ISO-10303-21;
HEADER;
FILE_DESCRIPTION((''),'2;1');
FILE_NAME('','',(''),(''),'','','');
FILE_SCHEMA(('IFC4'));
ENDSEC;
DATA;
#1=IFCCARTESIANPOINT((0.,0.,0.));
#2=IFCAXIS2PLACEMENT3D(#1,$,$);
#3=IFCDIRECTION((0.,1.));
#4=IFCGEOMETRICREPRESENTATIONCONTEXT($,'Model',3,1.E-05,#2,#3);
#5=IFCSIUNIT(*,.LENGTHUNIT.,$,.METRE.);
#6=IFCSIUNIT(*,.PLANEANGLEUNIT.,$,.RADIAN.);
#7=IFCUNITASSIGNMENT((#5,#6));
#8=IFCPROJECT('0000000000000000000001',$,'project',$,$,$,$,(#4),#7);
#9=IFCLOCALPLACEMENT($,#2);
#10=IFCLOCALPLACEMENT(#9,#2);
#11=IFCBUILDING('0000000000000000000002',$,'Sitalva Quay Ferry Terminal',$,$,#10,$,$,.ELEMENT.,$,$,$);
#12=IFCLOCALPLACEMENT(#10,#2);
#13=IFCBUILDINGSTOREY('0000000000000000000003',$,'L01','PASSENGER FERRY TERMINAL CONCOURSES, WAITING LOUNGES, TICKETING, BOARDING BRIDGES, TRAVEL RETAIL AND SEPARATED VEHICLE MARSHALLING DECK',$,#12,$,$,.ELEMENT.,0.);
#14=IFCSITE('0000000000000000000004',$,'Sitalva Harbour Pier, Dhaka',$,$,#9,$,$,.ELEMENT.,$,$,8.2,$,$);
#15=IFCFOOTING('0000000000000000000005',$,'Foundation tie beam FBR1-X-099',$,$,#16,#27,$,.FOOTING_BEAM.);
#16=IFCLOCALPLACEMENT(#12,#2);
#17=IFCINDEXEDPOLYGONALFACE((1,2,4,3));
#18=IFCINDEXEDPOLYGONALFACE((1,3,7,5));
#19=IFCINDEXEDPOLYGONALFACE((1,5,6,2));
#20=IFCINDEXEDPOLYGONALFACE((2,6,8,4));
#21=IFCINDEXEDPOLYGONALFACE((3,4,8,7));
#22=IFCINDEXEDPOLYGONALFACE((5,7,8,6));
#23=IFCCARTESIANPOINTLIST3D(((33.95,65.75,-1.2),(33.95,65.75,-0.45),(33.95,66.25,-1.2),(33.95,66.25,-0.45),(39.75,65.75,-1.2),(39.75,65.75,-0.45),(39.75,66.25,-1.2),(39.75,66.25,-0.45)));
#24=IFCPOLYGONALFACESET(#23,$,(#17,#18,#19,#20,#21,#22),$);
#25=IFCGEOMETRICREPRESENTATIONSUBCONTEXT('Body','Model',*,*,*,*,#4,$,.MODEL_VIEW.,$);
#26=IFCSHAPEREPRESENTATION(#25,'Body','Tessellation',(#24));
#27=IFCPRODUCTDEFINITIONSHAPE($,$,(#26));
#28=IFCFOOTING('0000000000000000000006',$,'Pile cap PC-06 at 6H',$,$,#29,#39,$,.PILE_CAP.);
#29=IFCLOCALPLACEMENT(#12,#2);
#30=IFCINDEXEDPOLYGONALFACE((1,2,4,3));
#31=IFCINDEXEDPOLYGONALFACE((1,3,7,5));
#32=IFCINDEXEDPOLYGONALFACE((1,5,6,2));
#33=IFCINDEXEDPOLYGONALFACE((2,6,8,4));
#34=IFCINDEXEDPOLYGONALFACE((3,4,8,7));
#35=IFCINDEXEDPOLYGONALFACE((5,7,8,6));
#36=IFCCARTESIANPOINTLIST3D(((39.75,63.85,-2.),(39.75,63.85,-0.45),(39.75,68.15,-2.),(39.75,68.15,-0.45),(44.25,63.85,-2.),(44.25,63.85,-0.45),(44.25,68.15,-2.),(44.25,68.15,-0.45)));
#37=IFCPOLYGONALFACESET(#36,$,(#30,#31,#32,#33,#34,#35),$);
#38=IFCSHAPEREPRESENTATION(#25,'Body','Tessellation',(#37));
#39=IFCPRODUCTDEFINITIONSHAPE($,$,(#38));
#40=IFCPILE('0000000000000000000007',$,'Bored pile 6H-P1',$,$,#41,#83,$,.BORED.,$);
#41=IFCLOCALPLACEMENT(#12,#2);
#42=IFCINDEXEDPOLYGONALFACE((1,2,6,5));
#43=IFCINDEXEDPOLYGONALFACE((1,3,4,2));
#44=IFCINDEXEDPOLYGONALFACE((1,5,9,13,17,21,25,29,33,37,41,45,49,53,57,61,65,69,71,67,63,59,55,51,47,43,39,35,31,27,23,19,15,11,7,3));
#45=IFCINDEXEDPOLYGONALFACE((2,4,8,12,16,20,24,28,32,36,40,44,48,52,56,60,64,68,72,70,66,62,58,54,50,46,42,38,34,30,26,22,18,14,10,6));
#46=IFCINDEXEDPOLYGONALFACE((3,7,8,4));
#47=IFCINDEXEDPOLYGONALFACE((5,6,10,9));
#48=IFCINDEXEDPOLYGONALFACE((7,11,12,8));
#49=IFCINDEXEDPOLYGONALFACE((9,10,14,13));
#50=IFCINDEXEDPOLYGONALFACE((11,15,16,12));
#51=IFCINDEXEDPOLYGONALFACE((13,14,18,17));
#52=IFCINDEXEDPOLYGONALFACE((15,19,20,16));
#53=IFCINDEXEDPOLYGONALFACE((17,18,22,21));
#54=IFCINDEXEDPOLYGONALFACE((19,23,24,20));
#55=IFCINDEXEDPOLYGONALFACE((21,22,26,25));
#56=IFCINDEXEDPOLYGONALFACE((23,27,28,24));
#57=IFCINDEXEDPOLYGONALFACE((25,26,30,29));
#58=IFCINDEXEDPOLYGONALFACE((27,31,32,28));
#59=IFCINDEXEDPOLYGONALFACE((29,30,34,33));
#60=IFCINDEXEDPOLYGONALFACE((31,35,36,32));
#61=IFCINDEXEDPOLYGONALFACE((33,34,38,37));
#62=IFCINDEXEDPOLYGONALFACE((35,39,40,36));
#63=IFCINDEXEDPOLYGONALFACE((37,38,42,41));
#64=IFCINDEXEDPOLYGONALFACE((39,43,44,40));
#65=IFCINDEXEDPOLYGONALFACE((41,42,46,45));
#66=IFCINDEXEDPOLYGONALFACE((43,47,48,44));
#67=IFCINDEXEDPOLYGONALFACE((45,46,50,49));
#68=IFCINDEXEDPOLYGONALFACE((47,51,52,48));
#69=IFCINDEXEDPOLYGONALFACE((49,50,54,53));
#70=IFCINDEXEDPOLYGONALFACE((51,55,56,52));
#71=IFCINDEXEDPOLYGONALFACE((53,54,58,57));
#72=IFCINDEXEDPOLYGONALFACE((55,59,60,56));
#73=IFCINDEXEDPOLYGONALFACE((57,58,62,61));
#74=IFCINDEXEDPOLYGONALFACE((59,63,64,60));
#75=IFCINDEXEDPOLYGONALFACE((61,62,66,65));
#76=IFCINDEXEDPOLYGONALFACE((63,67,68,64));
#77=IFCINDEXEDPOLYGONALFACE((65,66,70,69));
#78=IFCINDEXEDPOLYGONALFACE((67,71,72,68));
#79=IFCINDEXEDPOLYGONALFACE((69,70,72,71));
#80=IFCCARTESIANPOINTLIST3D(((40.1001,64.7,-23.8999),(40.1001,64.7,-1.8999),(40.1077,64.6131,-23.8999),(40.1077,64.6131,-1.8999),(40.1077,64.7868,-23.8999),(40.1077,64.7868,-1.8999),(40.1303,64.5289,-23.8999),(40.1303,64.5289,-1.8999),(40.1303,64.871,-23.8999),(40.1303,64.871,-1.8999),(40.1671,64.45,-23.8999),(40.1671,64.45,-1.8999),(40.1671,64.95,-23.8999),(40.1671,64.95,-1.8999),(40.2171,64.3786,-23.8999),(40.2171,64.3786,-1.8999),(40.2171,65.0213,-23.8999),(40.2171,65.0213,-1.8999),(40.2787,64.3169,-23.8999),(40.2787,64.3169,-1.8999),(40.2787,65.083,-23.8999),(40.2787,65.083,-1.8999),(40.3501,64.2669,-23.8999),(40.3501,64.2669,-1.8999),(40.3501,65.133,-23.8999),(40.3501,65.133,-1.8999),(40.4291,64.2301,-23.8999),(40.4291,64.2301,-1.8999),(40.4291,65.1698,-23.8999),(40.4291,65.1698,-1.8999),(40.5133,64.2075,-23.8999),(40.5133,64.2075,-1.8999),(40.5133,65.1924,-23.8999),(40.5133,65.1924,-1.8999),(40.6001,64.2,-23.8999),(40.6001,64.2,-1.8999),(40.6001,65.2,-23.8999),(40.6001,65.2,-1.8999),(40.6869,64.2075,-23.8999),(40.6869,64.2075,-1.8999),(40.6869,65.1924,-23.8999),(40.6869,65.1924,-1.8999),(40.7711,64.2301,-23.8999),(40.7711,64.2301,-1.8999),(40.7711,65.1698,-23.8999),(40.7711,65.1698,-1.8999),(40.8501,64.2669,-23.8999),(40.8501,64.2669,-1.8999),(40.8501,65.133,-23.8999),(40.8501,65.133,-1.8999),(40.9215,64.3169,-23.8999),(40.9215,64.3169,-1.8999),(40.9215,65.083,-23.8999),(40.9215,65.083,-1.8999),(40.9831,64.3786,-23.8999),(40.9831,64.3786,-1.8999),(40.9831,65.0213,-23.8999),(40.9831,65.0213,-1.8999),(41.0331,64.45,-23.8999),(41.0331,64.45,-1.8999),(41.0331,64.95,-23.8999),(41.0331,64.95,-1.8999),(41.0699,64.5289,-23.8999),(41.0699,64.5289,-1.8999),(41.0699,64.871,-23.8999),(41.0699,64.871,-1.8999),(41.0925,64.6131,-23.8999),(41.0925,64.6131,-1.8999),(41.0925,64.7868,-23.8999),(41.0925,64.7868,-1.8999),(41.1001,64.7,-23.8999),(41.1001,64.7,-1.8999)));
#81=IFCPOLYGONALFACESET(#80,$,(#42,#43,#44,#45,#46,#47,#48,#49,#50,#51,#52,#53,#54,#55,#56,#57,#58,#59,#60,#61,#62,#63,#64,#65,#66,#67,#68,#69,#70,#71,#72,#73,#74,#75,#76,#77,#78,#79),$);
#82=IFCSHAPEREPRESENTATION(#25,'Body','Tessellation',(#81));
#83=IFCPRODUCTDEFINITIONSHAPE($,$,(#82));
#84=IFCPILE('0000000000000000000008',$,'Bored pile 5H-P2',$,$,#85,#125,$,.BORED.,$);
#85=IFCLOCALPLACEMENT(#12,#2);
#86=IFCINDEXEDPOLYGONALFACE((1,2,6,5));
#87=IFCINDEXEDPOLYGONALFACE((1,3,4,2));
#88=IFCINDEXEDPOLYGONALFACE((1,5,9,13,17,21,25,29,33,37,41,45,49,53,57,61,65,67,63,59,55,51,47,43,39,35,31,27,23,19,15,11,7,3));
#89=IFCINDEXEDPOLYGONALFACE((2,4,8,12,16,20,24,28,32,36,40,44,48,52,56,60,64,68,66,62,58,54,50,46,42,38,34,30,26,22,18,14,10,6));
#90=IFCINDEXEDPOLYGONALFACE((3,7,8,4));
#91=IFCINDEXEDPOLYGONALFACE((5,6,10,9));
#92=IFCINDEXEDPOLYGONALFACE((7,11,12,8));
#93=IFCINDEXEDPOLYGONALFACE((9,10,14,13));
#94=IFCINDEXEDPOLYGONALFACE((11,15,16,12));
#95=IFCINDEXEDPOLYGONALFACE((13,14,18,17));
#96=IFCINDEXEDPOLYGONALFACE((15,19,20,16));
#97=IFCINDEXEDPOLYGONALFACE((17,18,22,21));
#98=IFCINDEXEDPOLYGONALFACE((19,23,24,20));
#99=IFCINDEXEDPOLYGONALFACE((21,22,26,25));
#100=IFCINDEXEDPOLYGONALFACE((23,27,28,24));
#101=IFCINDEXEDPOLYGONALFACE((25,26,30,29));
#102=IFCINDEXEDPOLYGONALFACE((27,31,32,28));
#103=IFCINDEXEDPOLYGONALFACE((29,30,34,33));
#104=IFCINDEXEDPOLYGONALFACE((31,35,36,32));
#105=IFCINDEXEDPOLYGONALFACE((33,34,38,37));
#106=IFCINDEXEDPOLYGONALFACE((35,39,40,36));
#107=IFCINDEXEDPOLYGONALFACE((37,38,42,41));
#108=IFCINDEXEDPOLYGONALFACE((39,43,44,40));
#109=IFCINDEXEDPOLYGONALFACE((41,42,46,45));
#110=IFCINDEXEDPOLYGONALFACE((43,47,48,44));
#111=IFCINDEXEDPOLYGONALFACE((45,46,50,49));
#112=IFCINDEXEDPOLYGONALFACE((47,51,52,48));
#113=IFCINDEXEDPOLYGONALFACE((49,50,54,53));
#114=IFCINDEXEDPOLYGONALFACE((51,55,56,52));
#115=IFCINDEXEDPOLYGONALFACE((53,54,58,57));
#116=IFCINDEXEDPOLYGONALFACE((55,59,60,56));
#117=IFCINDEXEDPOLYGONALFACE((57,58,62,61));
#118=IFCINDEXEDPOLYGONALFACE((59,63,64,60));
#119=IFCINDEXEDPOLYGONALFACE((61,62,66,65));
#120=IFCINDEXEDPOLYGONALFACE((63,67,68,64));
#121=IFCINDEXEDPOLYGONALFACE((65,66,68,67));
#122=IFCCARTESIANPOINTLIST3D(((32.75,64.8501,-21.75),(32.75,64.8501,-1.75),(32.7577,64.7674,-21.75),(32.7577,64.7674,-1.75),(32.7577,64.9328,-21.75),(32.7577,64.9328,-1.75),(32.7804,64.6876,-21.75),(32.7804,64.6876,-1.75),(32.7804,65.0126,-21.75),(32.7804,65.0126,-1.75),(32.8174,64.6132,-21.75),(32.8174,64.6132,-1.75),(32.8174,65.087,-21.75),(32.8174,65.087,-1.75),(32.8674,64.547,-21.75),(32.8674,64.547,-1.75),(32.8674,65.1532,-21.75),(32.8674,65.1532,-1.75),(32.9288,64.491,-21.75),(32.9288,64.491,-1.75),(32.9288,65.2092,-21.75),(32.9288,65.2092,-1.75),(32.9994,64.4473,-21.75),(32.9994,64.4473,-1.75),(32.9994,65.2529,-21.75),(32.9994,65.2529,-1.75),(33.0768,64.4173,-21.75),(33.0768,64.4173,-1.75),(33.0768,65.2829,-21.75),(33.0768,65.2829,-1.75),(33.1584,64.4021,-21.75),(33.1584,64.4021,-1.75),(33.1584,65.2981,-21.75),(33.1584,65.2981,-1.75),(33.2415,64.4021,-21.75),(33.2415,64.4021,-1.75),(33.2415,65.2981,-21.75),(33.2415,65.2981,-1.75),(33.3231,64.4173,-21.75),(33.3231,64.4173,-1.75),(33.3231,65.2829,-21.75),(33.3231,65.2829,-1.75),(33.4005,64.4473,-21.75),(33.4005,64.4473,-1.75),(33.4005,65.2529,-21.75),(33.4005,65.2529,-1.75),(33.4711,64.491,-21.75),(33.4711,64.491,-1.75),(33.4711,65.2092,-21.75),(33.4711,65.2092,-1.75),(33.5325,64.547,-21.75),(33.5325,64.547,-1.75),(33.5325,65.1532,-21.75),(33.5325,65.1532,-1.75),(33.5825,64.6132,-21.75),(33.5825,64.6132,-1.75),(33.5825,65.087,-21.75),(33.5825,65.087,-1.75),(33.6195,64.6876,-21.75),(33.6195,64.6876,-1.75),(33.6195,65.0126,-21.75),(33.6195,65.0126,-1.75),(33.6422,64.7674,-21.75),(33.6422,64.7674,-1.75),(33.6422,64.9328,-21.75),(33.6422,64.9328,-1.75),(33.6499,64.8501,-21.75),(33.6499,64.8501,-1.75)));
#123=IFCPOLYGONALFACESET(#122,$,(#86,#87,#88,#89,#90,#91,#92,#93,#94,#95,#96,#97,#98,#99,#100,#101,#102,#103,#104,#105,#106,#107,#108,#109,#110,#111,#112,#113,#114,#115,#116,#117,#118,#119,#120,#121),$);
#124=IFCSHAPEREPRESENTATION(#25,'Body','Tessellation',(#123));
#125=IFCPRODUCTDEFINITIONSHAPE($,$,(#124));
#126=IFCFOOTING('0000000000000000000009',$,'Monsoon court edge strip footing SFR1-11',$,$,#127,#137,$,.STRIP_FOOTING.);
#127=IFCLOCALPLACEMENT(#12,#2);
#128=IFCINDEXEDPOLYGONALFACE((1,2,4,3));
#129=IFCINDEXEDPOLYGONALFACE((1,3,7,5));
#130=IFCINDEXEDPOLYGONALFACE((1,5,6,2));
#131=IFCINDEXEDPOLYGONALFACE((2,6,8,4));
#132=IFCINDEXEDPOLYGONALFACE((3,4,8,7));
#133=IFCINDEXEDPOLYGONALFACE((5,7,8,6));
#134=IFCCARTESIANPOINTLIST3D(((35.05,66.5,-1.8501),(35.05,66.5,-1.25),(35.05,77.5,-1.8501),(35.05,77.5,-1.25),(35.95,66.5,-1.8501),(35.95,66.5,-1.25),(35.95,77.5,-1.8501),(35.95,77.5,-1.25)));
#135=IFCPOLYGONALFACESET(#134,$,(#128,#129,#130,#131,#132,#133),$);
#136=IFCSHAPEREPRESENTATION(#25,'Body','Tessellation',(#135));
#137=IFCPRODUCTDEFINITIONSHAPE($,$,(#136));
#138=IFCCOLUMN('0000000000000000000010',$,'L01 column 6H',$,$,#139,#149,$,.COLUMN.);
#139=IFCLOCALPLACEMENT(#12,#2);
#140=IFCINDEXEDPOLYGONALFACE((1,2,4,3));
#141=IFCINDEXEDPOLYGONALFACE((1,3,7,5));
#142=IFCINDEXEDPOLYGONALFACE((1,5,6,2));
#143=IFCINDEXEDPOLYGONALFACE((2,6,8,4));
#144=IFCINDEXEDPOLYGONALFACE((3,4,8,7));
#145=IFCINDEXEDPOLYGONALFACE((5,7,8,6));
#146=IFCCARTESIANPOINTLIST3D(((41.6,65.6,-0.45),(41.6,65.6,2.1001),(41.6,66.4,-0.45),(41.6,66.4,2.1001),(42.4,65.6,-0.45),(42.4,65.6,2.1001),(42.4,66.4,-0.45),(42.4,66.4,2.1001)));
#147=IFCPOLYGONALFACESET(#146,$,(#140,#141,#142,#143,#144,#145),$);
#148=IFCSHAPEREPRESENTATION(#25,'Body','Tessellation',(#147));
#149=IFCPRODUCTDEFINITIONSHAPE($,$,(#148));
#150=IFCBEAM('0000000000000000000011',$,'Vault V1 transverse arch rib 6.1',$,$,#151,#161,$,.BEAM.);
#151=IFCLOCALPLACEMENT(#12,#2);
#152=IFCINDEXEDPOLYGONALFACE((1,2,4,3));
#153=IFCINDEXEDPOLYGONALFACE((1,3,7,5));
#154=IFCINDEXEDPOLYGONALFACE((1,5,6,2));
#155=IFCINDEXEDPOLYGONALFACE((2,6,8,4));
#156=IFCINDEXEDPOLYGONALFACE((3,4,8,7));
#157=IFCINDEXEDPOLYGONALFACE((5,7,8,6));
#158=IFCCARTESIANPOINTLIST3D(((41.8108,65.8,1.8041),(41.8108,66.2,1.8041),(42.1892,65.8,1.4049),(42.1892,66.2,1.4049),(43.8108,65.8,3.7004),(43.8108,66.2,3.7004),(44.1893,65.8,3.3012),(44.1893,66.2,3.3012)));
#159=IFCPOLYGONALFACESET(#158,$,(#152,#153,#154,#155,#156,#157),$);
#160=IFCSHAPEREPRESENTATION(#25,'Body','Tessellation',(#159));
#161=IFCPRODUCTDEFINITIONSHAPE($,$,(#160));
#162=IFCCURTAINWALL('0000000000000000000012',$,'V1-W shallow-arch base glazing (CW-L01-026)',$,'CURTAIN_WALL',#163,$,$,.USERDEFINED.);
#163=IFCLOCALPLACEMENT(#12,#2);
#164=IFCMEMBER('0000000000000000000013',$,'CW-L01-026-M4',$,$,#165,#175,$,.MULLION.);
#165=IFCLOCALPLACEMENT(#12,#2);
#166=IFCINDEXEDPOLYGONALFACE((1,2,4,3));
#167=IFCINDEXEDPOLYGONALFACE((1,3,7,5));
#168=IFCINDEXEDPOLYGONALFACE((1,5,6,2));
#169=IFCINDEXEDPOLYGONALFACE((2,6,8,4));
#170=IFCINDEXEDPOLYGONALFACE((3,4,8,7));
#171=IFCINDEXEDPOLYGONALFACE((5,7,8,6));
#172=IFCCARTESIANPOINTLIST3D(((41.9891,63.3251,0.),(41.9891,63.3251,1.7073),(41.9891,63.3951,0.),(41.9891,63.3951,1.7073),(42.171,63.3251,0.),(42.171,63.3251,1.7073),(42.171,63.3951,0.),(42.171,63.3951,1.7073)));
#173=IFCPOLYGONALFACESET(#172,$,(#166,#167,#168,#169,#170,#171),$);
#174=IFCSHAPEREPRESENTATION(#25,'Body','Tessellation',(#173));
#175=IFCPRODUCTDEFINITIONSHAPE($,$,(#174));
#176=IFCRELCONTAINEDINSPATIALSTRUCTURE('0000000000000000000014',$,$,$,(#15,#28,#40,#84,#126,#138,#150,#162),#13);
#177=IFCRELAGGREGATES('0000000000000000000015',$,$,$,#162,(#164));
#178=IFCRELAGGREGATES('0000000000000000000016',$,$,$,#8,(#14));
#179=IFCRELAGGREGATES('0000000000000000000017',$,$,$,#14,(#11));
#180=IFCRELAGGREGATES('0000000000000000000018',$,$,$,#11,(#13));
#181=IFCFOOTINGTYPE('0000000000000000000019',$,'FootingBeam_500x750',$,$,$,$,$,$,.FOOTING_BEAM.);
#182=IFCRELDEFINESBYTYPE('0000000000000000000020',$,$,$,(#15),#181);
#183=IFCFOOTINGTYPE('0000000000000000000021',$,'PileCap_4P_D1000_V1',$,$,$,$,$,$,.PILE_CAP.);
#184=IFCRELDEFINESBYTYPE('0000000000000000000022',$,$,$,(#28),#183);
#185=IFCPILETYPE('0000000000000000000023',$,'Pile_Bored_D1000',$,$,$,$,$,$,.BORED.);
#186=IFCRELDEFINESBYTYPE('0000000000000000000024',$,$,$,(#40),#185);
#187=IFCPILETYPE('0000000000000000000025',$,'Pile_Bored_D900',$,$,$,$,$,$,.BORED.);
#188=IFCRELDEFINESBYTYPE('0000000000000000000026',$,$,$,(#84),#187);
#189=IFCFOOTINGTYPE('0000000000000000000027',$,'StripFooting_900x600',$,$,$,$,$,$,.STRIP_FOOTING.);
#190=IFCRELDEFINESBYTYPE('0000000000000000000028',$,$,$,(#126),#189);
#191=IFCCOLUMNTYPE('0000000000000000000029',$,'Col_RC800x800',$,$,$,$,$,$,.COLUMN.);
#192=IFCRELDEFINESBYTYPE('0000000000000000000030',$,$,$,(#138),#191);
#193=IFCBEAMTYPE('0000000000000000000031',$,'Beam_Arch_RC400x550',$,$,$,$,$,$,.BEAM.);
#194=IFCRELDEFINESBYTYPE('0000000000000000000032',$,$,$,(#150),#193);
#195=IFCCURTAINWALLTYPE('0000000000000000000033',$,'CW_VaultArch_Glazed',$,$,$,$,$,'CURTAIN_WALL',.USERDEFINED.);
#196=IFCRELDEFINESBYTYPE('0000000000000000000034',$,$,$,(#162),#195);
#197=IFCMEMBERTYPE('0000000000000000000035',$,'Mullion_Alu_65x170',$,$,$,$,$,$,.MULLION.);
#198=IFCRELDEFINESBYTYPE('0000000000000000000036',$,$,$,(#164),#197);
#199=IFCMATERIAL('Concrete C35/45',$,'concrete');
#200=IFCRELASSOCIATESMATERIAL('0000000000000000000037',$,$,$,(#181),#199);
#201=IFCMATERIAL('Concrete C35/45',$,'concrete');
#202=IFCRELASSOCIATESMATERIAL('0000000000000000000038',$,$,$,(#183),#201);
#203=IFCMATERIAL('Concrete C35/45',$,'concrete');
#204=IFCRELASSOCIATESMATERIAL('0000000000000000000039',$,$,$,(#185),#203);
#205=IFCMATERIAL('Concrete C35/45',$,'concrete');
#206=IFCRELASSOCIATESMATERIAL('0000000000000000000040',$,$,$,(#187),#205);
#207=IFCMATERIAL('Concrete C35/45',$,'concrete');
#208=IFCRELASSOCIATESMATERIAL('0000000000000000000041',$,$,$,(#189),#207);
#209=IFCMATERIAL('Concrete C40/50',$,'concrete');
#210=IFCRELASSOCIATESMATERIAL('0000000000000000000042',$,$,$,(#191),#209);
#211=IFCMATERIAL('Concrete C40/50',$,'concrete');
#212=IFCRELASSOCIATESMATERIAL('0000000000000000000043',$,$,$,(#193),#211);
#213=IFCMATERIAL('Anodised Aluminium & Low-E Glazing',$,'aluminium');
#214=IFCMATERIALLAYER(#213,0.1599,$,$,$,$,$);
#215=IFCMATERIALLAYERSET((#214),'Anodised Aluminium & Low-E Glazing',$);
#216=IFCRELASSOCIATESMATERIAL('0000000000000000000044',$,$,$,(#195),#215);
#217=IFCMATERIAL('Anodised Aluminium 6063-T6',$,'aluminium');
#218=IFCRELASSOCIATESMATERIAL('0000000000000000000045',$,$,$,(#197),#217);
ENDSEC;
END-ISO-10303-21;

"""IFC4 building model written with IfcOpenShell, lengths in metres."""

from ifc_helpers import new_model, si_unit, direction, frame, origin, origin_2d, place, context, subcontext, project, spatial, rectangle, circle, extrude, material, layer, layer_set, material_profile, profile_set, type_object, element, aggregate, save


model = new_model("IFC4")

# Units and contexts
model_context = context("Model", 3, precision=1e-05, world=origin(), true_north=direction((0.0, 1.0)))
body_context = subcontext(model_context, "Body", "Model", "MODEL_VIEW")
ifc_project = project(units=[si_unit("LENGTHUNIT", "METRE"), si_unit("PLANEANGLEUNIT", "RADIAN")], contexts=[model_context])

# Site, building, storey
site_placement = place(None, origin())
site = spatial("IfcSite", under=ifc_project, at=site_placement, Name="Sitalva Harbour Pier, Dhaka", CompositionType="ELEMENT", RefElevation=8.2)
building_placement = place(site_placement, origin())
building = spatial("IfcBuilding", under=site, at=building_placement, Name="Sitalva Quay Ferry Terminal", CompositionType="ELEMENT")
storey_placement = place(building_placement, origin())
storey = spatial("IfcBuildingStorey", under=building, at=storey_placement, Name="L01", Description="PASSENGER FERRY TERMINAL CONCOURSES, WAITING LOUNGES, TICKETING, BOARDING BRIDGES, TRAVEL RETAIL AND SEPARATED VEHICLE MARSHALLING DECK", CompositionType="ELEMENT", Elevation=0.0)

# Footings
ifc_material_1 = material(Name="Concrete C35/45", Category="concrete")
ifc_material_profile_1 = material_profile(ifc_material_1, rectangle(XDim=0.5, YDim=0.75, at=origin_2d()), Name="RC500x750")
ifc_profile_set_1 = profile_set([ifc_material_profile_1], Name="Concrete C35/45")
footing_type_1 = type_object("IfcFootingType", Name="FootingBeam_500x750", PredefinedType="FOOTING_BEAM", material=ifc_profile_set_1)
footing_1_placement = place(storey_placement, frame((33.95, 66.0, -0.825), z_axis=(1.0, 0.0, 0.0), x_axis=(0.0, 1.0, 0.0)))
element("IfcFooting", 1, at=footing_1_placement, inside=storey, type_object=footing_type_1, Name="Foundation tie beam FBR1-X-099", PredefinedType="FOOTING_BEAM", context=body_context, shape_type="SweptSolid", body=[
    extrude(rectangle(XDim=0.5, YDim=0.75, at=origin_2d()), origin(), (0.0, 0.0, 1.0), 5.8),
])
ifc_material_2 = material(Name="Concrete C35/45", Category="concrete")
footing_type_2 = type_object("IfcFootingType", Name="PileCap_4P_D1000_V1", PredefinedType="PILE_CAP", material=ifc_material_2)
footing_2_placement = place(storey_placement, frame((42.0, 66.0, -2.0), z_axis=(0.0, 0.0, 1.0), x_axis=(1.0, 0.0, 0.0)))
element("IfcFooting", 2, at=footing_2_placement, inside=storey, type_object=footing_type_2, Name="Pile cap PC-06 at 6H", PredefinedType="PILE_CAP", context=body_context, shape_type="SweptSolid", body=[
    extrude(rectangle(XDim=4.5, YDim=4.3, at=origin_2d()), origin(), (0.0, 0.0, 1.0), 1.55),
])

# Piles
ifc_material_3 = material(Name="Concrete C35/45", Category="concrete")
ifc_material_profile_2 = material_profile(ifc_material_3, circle(Radius=0.5, at=origin_2d()), Name="PILE-D1000")
ifc_profile_set_2 = profile_set([ifc_material_profile_2], Name="Concrete C35/45")
pile_type_1 = type_object("IfcPileType", Name="Pile_Bored_D1000", PredefinedType="BORED", material=ifc_profile_set_2)
pile_1_placement = place(storey_placement, frame((40.6001, 64.7, -1.8999), z_axis=(0.0, 0.0, -1.0), x_axis=(1.0, 0.0, 0.0)))
element("IfcPile", 3, at=pile_1_placement, inside=storey, type_object=pile_type_1, Name="Bored pile 6H-P1", PredefinedType="BORED", context=body_context, shape_type="SweptSolid", body=[
    extrude(circle(Radius=0.5, at=origin_2d()), origin(), (0.0, 0.0, 1.0), 22.0),
])
ifc_material_4 = material(Name="Concrete C35/45", Category="concrete")
ifc_material_profile_3 = material_profile(ifc_material_4, circle(Radius=0.45, at=origin_2d()), Name="PILE-D900")
ifc_profile_set_3 = profile_set([ifc_material_profile_3], Name="Concrete C35/45")
pile_type_2 = type_object("IfcPileType", Name="Pile_Bored_D900", PredefinedType="BORED", material=ifc_profile_set_3)
pile_2_placement = place(storey_placement, frame((33.2, 64.8501, -1.75), z_axis=(0.0, 0.0, -1.0), x_axis=(1.0, 0.0, 0.0)))
element("IfcPile", 4, at=pile_2_placement, inside=storey, type_object=pile_type_2, Name="Bored pile 5H-P2", PredefinedType="BORED", context=body_context, shape_type="SweptSolid", body=[
    extrude(circle(Radius=0.45, at=origin_2d()), origin(), (0.0, 0.0, 1.0), 20.0),
])

# Footing
ifc_material_5 = material(Name="Concrete C35/45", Category="concrete")
ifc_material_profile_4 = material_profile(ifc_material_5, rectangle(XDim=0.8999, YDim=0.6001, at=origin_2d()), Name="RC900x600")
ifc_profile_set_4 = profile_set([ifc_material_profile_4], Name="Concrete C35/45")
footing_type_3 = type_object("IfcFootingType", Name="StripFooting_900x600", PredefinedType="STRIP_FOOTING", material=ifc_profile_set_4)
footing_3_placement = place(storey_placement, frame((35.5, 66.5, -1.55), z_axis=(0.0, 1.0, 0.0), x_axis=(-1.0, 0.0, 0.0)))
element("IfcFooting", 5, at=footing_3_placement, inside=storey, type_object=footing_type_3, Name="Monsoon court edge strip footing SFR1-11", PredefinedType="STRIP_FOOTING", context=body_context, shape_type="SweptSolid", body=[
    extrude(rectangle(XDim=0.8999, YDim=0.6001, at=origin_2d()), origin(), (0.0, 0.0, 1.0), 11.0),
])

# Column
ifc_material_6 = material(Name="Concrete C40/50", Category="concrete")
ifc_material_profile_5 = material_profile(ifc_material_6, rectangle(XDim=0.8, YDim=0.8, at=origin_2d()), Name="RC800x800")
ifc_profile_set_5 = profile_set([ifc_material_profile_5], Name="Concrete C40/50")
column_type = type_object("IfcColumnType", Name="Col_RC800x800", PredefinedType="COLUMN", material=ifc_profile_set_5)
column_placement = place(storey_placement, frame((42.0, 66.0, -0.45), z_axis=(0.0, 0.0, 1.0), x_axis=(1.0, 0.0, 0.0)))
element("IfcColumn", 6, at=column_placement, inside=storey, type_object=column_type, Name="L01 column 6H", PredefinedType="COLUMN", context=body_context, shape_type="SweptSolid", body=[
    extrude(rectangle(XDim=0.8, YDim=0.8, at=origin_2d()), origin(), (0.0, 0.0, 1.0), 2.55),
])

# Beam
ifc_material_7 = material(Name="Concrete C40/50", Category="concrete")
ifc_material_profile_6 = material_profile(ifc_material_7, rectangle(XDim=0.3999, YDim=0.55, at=origin_2d()), Name="RC400x550")
ifc_profile_set_6 = profile_set([ifc_material_profile_6], Name="Concrete C40/50")
beam_type = type_object("IfcBeamType", Name="Beam_Arch_RC400x550", PredefinedType="BEAM", material=ifc_profile_set_6)
beam_placement = place(storey_placement, frame((42.0, 66.0, 1.6045), z_axis=(0.72568, 0.0, 0.688032), x_axis=(0.0, 1.0, 0.0)))
element("IfcBeam", 7, at=beam_placement, inside=storey, type_object=beam_type, Name="Vault V1 transverse arch rib 6.1", PredefinedType="BEAM", context=body_context, shape_type="SweptSolid", body=[
    extrude(rectangle(XDim=0.3999, YDim=0.55, at=origin_2d()), origin(), (0.0, 0.0, 1.0), 2.7561),
])

# Curtain wall, member
ifc_material_8 = material(Name="Anodised Aluminium & Low-E Glazing", Category="aluminium")
ifc_layer_1 = layer(ifc_material_8, 0.1599)
ifc_layer_set_1 = layer_set([ifc_layer_1], Name="Anodised Aluminium & Low-E Glazing")
curtain_wall_type = type_object("IfcCurtainWallType", Name="CW_VaultArch_Glazed", ElementType="CURTAIN_WALL", PredefinedType="USERDEFINED", material=ifc_layer_set_1)
curtain_wall_1_placement = place(storey_placement, origin())
curtain_wall_1 = element("IfcCurtainWall", 8, at=curtain_wall_1_placement, inside=storey, type_object=curtain_wall_type, Name="V1-W shallow-arch base glazing (CW-L01-026)", ObjectType="CURTAIN_WALL", PredefinedType="USERDEFINED")
ifc_material_9 = material(Name="Anodised Aluminium 6063-T6", Category="aluminium")
ifc_material_profile_7 = material_profile(ifc_material_9, rectangle(XDim=0.0701, YDim=0.1819, at=origin_2d()), Name="ALU70x182")
ifc_profile_set_7 = profile_set([ifc_material_profile_7], Name="Anodised Aluminium 6063-T6")
member_type_1 = type_object("IfcMemberType", Name="Mullion_Alu_65x170", PredefinedType="MULLION", material=ifc_profile_set_7)
member_1_placement = place(storey_placement, frame((42.0801, 63.3601, 0.0), z_axis=(0.0, 0.0, 1.0), x_axis=(0.0, 1.0, 0.0)))
member_1 = element("IfcMember", 9, at=member_1_placement, type_object=member_type_1, Name="CW-L01-026-M4", PredefinedType="MULLION", context=body_context, shape_type="SweptSolid", body=[
    extrude(rectangle(XDim=0.0701, YDim=0.1819, at=origin_2d()), origin(), (0.0, 0.0, 1.0), 1.7073),
])

aggregate(curtain_wall_1, [member_1])

save(model, "model.ifc")
